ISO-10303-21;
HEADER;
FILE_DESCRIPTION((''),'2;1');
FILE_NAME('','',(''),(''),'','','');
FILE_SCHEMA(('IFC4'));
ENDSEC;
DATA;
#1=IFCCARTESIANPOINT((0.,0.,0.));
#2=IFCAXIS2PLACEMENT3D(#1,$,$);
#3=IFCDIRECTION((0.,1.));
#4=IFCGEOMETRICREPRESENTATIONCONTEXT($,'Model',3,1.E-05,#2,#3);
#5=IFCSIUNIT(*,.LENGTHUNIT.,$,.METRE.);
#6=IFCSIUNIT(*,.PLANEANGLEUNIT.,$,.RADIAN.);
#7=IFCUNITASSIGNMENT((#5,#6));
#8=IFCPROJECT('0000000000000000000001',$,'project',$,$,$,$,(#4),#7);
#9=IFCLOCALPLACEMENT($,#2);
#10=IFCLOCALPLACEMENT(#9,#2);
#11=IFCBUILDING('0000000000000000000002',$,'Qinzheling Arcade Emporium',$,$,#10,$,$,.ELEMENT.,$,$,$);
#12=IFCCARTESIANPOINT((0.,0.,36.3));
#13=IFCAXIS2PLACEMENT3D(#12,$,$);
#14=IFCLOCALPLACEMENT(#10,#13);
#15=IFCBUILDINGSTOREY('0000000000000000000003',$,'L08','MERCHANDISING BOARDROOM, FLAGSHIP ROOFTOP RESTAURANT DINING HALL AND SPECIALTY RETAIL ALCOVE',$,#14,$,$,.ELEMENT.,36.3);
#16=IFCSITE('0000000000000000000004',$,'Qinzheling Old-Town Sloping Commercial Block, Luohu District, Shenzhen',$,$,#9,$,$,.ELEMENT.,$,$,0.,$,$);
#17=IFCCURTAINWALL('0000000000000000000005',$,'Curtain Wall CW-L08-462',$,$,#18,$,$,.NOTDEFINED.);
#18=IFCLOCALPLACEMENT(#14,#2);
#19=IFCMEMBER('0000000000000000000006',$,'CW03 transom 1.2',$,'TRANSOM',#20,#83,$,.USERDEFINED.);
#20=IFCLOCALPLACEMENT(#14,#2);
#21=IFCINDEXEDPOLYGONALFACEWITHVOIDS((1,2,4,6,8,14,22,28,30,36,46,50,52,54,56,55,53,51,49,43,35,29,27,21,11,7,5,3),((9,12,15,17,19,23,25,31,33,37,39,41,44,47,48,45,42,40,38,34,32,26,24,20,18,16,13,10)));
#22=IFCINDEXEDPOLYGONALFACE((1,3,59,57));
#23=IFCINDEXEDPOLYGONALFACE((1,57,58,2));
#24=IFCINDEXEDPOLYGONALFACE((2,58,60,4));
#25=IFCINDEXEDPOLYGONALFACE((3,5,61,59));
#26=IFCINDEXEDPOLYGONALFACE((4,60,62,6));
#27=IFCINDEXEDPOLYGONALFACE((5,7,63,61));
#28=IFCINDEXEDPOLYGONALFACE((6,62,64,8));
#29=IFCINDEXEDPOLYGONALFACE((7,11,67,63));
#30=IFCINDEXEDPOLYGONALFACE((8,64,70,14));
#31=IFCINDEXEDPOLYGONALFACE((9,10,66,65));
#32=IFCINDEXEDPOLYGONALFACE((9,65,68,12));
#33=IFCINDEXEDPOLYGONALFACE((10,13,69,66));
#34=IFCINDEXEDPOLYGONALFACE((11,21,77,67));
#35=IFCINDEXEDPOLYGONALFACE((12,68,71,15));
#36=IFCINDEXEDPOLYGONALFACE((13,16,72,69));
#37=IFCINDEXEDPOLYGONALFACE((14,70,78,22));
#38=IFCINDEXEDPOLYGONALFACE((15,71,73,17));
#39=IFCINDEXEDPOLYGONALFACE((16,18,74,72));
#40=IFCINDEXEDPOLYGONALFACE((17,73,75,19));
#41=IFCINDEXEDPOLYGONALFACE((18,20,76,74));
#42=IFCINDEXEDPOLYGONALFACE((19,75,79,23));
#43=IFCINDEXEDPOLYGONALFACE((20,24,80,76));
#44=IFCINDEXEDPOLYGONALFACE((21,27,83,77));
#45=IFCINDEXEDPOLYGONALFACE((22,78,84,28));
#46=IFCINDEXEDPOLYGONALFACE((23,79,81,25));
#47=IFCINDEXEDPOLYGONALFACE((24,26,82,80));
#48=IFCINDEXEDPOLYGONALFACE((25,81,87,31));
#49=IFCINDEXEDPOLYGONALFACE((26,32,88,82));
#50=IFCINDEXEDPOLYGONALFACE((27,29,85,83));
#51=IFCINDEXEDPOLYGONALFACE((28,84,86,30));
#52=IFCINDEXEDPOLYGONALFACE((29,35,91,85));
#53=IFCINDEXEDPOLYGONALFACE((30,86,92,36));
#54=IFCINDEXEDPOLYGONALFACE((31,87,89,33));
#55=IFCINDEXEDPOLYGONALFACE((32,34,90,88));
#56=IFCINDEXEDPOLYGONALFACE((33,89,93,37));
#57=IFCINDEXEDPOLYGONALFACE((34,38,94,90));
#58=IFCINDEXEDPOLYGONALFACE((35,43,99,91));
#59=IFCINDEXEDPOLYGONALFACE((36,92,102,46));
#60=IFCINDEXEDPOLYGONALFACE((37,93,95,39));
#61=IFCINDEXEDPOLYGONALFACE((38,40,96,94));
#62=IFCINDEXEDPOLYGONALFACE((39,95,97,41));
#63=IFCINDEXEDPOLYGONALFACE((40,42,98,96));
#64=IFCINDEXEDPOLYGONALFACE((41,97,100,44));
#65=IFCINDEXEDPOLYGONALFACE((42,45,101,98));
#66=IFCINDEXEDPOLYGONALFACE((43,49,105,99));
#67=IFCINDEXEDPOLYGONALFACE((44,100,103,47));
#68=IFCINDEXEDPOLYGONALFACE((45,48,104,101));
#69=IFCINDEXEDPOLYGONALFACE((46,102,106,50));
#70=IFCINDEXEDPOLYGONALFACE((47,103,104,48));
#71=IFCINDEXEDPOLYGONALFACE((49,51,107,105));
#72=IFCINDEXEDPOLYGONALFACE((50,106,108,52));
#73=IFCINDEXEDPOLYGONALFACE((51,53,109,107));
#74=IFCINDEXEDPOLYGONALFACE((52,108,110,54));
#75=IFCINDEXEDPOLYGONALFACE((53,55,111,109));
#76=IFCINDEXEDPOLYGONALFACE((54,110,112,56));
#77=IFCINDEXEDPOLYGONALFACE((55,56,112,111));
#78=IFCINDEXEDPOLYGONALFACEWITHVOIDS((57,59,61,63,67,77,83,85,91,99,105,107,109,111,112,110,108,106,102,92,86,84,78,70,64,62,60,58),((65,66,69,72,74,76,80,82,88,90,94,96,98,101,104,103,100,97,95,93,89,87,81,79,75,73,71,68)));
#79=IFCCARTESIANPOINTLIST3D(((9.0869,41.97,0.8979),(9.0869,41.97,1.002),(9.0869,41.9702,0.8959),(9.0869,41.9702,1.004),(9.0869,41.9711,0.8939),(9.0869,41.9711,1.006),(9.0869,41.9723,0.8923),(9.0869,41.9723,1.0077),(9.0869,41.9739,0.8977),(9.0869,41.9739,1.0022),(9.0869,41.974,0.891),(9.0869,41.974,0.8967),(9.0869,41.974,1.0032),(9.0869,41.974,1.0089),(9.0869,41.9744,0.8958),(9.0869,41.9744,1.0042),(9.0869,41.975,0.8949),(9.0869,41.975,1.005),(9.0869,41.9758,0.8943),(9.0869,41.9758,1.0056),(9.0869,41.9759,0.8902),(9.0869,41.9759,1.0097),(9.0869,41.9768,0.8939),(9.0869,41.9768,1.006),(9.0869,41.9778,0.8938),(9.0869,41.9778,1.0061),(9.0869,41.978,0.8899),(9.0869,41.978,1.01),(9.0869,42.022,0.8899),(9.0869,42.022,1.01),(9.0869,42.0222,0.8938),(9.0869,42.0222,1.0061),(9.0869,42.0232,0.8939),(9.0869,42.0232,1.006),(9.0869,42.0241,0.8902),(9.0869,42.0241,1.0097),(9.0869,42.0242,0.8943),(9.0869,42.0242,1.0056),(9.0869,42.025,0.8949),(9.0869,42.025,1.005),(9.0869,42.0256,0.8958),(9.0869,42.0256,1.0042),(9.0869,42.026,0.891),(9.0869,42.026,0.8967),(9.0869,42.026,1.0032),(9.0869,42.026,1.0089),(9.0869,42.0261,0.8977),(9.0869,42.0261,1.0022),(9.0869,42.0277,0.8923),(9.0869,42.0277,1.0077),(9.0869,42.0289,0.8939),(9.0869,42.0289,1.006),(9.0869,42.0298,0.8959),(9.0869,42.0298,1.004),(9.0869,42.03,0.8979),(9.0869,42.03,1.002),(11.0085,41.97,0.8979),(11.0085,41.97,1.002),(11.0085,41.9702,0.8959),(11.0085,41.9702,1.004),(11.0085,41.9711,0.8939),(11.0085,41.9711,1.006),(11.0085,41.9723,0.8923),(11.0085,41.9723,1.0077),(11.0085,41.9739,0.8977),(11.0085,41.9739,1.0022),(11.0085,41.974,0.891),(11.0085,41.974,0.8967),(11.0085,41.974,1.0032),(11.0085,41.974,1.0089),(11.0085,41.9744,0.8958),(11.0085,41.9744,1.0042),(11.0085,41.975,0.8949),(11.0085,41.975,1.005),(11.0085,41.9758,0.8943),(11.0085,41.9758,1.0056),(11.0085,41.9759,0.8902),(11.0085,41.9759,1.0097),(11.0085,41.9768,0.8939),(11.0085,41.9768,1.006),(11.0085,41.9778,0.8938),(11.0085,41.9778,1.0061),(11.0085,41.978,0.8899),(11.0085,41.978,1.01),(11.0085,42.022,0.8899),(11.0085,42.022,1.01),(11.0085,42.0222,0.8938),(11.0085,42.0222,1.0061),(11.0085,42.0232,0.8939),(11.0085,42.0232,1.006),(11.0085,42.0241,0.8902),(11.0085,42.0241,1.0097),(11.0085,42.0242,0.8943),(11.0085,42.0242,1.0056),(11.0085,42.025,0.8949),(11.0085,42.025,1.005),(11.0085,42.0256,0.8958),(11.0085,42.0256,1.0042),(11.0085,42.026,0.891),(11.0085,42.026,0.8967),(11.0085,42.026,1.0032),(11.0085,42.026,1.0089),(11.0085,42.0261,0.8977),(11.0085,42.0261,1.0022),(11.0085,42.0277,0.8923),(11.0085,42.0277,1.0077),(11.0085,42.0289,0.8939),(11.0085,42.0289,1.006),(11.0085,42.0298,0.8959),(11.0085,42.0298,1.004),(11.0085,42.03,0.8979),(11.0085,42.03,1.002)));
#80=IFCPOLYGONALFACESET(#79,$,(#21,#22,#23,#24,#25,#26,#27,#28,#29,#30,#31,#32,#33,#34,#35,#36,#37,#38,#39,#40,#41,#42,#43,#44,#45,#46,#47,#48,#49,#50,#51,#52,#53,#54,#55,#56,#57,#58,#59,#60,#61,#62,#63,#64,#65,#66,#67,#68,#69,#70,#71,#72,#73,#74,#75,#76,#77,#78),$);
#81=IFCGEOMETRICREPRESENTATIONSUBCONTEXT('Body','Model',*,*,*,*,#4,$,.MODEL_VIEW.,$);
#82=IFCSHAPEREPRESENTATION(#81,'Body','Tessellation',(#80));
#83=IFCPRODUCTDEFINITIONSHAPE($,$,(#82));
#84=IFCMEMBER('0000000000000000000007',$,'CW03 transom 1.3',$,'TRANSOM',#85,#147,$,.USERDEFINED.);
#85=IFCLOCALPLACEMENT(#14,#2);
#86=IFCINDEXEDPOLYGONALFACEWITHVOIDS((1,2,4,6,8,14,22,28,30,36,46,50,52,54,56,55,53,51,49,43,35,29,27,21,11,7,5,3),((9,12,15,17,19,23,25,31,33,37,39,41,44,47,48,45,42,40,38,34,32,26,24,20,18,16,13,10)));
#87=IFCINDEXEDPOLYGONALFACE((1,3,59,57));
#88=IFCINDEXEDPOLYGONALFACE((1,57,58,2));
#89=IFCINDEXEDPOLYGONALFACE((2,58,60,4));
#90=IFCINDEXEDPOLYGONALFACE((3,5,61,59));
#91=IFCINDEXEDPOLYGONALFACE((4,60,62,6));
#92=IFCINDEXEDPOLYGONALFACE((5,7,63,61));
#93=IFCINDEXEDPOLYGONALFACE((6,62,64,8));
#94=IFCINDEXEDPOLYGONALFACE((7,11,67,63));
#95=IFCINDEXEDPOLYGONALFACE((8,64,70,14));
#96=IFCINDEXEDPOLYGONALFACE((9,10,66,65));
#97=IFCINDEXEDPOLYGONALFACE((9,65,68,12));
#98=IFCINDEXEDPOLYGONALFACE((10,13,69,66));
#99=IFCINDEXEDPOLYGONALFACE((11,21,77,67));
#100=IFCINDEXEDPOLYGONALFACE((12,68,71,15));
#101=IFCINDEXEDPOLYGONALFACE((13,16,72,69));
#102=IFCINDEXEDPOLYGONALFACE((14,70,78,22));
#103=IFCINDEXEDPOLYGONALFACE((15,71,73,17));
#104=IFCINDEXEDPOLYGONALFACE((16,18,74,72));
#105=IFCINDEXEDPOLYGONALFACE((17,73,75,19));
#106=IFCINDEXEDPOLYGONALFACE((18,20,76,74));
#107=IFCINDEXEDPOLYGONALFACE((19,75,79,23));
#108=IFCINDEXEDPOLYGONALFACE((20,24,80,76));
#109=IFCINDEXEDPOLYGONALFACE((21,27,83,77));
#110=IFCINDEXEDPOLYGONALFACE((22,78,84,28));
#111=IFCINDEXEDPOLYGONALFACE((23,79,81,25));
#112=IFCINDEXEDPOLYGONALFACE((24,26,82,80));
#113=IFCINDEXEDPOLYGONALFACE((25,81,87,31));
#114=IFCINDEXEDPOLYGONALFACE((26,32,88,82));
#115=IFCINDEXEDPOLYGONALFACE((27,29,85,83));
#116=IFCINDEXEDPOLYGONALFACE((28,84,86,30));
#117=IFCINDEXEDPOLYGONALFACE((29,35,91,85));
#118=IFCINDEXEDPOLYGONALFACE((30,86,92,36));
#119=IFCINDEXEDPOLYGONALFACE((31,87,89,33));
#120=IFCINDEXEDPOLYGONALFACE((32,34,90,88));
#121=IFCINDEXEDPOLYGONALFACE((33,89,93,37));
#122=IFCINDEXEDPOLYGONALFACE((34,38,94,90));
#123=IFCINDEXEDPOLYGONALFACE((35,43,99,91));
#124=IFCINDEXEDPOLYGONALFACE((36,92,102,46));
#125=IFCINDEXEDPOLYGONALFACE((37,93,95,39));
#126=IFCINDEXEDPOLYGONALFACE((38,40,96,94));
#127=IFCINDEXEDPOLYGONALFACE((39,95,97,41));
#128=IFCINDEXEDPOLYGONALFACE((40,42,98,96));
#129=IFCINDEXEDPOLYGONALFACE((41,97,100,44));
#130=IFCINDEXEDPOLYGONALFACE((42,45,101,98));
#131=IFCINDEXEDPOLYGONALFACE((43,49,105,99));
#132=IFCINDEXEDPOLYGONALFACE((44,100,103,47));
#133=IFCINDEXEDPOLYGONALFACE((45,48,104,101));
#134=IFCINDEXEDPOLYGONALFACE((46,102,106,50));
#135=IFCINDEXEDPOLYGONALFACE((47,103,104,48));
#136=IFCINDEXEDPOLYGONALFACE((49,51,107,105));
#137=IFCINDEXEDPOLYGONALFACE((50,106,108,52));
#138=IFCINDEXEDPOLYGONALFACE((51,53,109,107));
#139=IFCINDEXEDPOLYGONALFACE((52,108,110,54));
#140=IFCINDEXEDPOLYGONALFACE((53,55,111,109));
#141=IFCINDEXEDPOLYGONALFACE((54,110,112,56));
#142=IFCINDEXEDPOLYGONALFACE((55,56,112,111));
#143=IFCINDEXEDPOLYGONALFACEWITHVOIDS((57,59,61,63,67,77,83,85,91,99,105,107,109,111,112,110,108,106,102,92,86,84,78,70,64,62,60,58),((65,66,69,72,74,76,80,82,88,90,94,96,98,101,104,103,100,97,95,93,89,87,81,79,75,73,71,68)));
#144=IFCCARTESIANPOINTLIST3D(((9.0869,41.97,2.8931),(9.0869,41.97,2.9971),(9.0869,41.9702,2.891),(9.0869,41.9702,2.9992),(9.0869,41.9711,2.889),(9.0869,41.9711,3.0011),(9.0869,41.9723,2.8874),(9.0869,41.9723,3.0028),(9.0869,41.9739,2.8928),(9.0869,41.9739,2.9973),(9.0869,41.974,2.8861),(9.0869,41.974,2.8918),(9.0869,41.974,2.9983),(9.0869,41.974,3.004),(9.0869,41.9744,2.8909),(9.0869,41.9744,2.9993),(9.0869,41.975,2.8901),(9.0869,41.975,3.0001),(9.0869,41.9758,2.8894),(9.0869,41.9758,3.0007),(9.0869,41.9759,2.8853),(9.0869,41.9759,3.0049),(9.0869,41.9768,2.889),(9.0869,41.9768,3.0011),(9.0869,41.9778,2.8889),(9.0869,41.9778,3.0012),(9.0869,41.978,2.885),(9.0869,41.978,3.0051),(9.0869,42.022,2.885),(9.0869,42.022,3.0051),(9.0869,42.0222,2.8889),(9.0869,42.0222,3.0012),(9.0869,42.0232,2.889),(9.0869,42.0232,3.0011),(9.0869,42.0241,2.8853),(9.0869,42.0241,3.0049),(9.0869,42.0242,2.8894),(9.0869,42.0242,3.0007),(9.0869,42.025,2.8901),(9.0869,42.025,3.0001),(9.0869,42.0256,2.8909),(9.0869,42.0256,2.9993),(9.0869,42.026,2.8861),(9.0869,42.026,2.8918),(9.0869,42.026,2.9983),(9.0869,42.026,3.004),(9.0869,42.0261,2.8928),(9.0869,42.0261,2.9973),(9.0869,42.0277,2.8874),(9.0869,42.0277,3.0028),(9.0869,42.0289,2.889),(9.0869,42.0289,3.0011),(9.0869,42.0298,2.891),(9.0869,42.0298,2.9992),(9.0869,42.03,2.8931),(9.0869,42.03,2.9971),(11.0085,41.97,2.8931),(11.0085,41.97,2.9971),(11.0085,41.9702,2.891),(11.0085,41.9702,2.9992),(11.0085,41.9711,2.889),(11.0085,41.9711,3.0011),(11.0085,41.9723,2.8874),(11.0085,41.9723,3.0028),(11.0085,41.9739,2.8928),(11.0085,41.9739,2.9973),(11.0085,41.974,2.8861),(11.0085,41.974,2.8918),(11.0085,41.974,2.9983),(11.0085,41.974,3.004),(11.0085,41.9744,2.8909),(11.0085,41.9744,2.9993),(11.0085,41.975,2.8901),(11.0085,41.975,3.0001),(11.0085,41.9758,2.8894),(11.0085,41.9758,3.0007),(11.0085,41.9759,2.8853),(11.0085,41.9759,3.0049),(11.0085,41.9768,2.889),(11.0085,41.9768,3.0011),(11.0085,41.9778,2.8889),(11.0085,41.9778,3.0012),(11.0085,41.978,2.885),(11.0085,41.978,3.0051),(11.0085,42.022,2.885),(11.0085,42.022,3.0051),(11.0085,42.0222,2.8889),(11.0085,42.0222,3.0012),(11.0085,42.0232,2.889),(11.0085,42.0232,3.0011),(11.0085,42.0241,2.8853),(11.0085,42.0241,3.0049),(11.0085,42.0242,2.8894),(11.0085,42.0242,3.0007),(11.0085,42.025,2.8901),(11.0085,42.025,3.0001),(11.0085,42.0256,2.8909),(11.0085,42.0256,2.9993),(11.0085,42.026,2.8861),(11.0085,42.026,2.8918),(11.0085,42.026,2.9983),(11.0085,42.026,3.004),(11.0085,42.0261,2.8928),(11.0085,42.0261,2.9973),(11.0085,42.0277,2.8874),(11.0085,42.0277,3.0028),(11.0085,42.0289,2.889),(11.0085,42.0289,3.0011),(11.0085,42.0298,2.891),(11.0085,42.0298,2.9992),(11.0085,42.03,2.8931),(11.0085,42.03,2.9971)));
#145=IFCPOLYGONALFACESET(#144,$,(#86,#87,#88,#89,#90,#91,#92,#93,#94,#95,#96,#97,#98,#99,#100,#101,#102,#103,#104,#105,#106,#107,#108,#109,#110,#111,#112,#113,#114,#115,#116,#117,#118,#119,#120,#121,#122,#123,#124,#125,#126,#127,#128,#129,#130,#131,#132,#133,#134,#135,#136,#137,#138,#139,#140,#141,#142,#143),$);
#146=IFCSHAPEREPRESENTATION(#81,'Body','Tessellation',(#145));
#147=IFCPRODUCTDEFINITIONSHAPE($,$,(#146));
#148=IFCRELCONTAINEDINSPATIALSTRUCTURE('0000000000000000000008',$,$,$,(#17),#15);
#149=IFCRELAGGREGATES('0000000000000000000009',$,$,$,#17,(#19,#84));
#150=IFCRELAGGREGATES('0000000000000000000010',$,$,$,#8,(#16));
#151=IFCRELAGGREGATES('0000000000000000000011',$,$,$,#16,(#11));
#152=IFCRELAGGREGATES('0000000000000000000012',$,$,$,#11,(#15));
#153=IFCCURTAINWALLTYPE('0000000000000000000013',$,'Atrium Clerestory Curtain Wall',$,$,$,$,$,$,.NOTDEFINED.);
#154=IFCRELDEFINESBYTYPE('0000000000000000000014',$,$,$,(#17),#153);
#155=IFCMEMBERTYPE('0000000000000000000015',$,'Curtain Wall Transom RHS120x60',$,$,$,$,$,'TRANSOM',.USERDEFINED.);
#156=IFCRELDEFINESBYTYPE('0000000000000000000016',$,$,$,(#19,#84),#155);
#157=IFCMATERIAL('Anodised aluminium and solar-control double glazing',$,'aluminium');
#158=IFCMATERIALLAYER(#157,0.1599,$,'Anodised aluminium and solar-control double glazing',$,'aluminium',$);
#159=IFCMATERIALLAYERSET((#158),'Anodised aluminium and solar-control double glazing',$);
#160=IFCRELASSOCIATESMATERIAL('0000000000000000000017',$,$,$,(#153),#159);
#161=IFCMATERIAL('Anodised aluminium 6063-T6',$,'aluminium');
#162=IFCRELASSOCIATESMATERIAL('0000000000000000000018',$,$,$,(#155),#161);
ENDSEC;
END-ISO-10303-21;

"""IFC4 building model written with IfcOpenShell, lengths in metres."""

from ifc_helpers import new_model, si_unit, direction, frame, origin, origin_2d, place, context, subcontext, project, spatial, hollow_rectangle, extrude, material, layer, layer_set, material_profile, profile_set, type_object, element, aggregate, save


model = new_model("IFC4")

# Units and contexts
model_context = context("Model", 3, precision=1e-05, world=origin(), true_north=direction((0.0, 1.0)))
body_context = subcontext(model_context, "Body", "Model", "MODEL_VIEW")
ifc_project = project(units=[si_unit("LENGTHUNIT", "METRE"), si_unit("PLANEANGLEUNIT", "RADIAN")], contexts=[model_context])

# Site, building, storey
site_placement = place(None, origin())
site = spatial("IfcSite", under=ifc_project, at=site_placement, Name="Qinzheling Old-Town Sloping Commercial Block, Luohu District, Shenzhen", CompositionType="ELEMENT", RefElevation=0.0)
building_placement = place(site_placement, origin())
building = spatial("IfcBuilding", under=site, at=building_placement, Name="Qinzheling Arcade Emporium", CompositionType="ELEMENT")
storey_placement = place(building_placement, frame((0.0, 0.0, 36.3)))
storey = spatial("IfcBuildingStorey", under=building, at=storey_placement, Name="L08", Description="MERCHANDISING BOARDROOM, FLAGSHIP ROOFTOP RESTAURANT DINING HALL AND SPECIALTY RETAIL ALCOVE", CompositionType="ELEMENT", Elevation=36.3)

# Shared definitions
ifc_material_1 = material(Name="Anodised aluminium and solar-control double glazing", Category="aluminium")
ifc_material_2 = material(Name="Anodised aluminium 6063-T6", Category="aluminium")

# Curtain wall, members
ifc_layer_1 = layer(ifc_material_1, 0.1599, Name="Anodised aluminium and solar-control double glazing", Category="aluminium")
ifc_layer_set_1 = layer_set([ifc_layer_1], Name="Anodised aluminium and solar-control double glazing")
curtain_wall_type_1 = type_object("IfcCurtainWallType", Name="Atrium Clerestory Curtain Wall", PredefinedType="NOTDEFINED", material=ifc_layer_set_1)
curtain_wall_1_placement = place(storey_placement, origin())
curtain_wall_1 = element("IfcCurtainWall", 1, at=curtain_wall_1_placement, inside=storey, type_object=curtain_wall_type_1, Name="Curtain Wall CW-L08-462", PredefinedType="NOTDEFINED")
ifc_material_profile_1 = material_profile(ifc_material_2, hollow_rectangle(XDim=0.0601, YDim=0.1201, WallThickness=0.0039, InnerFilletRadius=0.0039, OuterFilletRadius=0.0081, at=origin_2d()), Name="RHS 120x60x4", Category="aluminium")
ifc_profile_set_1 = profile_set([ifc_material_profile_1], Name="Anodised aluminium 6063-T6")
member_type_1 = type_object("IfcMemberType", Name="Curtain Wall Transom RHS120x60", ElementType="TRANSOM", PredefinedType="USERDEFINED", material=ifc_profile_set_1)
member_1_placement = place(storey_placement, frame((9.0869, 42.0, 0.95), z_axis=(1.0, 0.0, 0.0), x_axis=(0.0, 1.0, 0.0)))
member_1 = element("IfcMember", 2, at=member_1_placement, type_object=member_type_1, Name="CW03 transom 1.2", ObjectType="TRANSOM", PredefinedType="USERDEFINED", context=body_context, shape_type="SweptSolid", body=[
    extrude(hollow_rectangle(XDim=0.0601, YDim=0.1201, WallThickness=0.0039, InnerFilletRadius=0.0039, OuterFilletRadius=0.0081, at=origin_2d()), origin(), (0.0, 0.0, 1.0), 1.9216),
])
member_2_placement = place(storey_placement, frame((9.0869, 42.0, 2.9451), z_axis=(1.0, 0.0, 0.0), x_axis=(0.0, 1.0, 0.0)))
member_2 = element("IfcMember", 3, at=member_2_placement, type_object=member_type_1, Name="CW03 transom 1.3", ObjectType="TRANSOM", PredefinedType="USERDEFINED", context=body_context, shape_type="SweptSolid", body=[
    extrude(hollow_rectangle(XDim=0.0601, YDim=0.1201, WallThickness=0.0039, InnerFilletRadius=0.0039, OuterFilletRadius=0.0081, at=origin_2d()), origin(), (0.0, 0.0, 1.0), 1.9216),
])

aggregate(curtain_wall_1, [member_1, member_2])

save(model, "model.ifc")
